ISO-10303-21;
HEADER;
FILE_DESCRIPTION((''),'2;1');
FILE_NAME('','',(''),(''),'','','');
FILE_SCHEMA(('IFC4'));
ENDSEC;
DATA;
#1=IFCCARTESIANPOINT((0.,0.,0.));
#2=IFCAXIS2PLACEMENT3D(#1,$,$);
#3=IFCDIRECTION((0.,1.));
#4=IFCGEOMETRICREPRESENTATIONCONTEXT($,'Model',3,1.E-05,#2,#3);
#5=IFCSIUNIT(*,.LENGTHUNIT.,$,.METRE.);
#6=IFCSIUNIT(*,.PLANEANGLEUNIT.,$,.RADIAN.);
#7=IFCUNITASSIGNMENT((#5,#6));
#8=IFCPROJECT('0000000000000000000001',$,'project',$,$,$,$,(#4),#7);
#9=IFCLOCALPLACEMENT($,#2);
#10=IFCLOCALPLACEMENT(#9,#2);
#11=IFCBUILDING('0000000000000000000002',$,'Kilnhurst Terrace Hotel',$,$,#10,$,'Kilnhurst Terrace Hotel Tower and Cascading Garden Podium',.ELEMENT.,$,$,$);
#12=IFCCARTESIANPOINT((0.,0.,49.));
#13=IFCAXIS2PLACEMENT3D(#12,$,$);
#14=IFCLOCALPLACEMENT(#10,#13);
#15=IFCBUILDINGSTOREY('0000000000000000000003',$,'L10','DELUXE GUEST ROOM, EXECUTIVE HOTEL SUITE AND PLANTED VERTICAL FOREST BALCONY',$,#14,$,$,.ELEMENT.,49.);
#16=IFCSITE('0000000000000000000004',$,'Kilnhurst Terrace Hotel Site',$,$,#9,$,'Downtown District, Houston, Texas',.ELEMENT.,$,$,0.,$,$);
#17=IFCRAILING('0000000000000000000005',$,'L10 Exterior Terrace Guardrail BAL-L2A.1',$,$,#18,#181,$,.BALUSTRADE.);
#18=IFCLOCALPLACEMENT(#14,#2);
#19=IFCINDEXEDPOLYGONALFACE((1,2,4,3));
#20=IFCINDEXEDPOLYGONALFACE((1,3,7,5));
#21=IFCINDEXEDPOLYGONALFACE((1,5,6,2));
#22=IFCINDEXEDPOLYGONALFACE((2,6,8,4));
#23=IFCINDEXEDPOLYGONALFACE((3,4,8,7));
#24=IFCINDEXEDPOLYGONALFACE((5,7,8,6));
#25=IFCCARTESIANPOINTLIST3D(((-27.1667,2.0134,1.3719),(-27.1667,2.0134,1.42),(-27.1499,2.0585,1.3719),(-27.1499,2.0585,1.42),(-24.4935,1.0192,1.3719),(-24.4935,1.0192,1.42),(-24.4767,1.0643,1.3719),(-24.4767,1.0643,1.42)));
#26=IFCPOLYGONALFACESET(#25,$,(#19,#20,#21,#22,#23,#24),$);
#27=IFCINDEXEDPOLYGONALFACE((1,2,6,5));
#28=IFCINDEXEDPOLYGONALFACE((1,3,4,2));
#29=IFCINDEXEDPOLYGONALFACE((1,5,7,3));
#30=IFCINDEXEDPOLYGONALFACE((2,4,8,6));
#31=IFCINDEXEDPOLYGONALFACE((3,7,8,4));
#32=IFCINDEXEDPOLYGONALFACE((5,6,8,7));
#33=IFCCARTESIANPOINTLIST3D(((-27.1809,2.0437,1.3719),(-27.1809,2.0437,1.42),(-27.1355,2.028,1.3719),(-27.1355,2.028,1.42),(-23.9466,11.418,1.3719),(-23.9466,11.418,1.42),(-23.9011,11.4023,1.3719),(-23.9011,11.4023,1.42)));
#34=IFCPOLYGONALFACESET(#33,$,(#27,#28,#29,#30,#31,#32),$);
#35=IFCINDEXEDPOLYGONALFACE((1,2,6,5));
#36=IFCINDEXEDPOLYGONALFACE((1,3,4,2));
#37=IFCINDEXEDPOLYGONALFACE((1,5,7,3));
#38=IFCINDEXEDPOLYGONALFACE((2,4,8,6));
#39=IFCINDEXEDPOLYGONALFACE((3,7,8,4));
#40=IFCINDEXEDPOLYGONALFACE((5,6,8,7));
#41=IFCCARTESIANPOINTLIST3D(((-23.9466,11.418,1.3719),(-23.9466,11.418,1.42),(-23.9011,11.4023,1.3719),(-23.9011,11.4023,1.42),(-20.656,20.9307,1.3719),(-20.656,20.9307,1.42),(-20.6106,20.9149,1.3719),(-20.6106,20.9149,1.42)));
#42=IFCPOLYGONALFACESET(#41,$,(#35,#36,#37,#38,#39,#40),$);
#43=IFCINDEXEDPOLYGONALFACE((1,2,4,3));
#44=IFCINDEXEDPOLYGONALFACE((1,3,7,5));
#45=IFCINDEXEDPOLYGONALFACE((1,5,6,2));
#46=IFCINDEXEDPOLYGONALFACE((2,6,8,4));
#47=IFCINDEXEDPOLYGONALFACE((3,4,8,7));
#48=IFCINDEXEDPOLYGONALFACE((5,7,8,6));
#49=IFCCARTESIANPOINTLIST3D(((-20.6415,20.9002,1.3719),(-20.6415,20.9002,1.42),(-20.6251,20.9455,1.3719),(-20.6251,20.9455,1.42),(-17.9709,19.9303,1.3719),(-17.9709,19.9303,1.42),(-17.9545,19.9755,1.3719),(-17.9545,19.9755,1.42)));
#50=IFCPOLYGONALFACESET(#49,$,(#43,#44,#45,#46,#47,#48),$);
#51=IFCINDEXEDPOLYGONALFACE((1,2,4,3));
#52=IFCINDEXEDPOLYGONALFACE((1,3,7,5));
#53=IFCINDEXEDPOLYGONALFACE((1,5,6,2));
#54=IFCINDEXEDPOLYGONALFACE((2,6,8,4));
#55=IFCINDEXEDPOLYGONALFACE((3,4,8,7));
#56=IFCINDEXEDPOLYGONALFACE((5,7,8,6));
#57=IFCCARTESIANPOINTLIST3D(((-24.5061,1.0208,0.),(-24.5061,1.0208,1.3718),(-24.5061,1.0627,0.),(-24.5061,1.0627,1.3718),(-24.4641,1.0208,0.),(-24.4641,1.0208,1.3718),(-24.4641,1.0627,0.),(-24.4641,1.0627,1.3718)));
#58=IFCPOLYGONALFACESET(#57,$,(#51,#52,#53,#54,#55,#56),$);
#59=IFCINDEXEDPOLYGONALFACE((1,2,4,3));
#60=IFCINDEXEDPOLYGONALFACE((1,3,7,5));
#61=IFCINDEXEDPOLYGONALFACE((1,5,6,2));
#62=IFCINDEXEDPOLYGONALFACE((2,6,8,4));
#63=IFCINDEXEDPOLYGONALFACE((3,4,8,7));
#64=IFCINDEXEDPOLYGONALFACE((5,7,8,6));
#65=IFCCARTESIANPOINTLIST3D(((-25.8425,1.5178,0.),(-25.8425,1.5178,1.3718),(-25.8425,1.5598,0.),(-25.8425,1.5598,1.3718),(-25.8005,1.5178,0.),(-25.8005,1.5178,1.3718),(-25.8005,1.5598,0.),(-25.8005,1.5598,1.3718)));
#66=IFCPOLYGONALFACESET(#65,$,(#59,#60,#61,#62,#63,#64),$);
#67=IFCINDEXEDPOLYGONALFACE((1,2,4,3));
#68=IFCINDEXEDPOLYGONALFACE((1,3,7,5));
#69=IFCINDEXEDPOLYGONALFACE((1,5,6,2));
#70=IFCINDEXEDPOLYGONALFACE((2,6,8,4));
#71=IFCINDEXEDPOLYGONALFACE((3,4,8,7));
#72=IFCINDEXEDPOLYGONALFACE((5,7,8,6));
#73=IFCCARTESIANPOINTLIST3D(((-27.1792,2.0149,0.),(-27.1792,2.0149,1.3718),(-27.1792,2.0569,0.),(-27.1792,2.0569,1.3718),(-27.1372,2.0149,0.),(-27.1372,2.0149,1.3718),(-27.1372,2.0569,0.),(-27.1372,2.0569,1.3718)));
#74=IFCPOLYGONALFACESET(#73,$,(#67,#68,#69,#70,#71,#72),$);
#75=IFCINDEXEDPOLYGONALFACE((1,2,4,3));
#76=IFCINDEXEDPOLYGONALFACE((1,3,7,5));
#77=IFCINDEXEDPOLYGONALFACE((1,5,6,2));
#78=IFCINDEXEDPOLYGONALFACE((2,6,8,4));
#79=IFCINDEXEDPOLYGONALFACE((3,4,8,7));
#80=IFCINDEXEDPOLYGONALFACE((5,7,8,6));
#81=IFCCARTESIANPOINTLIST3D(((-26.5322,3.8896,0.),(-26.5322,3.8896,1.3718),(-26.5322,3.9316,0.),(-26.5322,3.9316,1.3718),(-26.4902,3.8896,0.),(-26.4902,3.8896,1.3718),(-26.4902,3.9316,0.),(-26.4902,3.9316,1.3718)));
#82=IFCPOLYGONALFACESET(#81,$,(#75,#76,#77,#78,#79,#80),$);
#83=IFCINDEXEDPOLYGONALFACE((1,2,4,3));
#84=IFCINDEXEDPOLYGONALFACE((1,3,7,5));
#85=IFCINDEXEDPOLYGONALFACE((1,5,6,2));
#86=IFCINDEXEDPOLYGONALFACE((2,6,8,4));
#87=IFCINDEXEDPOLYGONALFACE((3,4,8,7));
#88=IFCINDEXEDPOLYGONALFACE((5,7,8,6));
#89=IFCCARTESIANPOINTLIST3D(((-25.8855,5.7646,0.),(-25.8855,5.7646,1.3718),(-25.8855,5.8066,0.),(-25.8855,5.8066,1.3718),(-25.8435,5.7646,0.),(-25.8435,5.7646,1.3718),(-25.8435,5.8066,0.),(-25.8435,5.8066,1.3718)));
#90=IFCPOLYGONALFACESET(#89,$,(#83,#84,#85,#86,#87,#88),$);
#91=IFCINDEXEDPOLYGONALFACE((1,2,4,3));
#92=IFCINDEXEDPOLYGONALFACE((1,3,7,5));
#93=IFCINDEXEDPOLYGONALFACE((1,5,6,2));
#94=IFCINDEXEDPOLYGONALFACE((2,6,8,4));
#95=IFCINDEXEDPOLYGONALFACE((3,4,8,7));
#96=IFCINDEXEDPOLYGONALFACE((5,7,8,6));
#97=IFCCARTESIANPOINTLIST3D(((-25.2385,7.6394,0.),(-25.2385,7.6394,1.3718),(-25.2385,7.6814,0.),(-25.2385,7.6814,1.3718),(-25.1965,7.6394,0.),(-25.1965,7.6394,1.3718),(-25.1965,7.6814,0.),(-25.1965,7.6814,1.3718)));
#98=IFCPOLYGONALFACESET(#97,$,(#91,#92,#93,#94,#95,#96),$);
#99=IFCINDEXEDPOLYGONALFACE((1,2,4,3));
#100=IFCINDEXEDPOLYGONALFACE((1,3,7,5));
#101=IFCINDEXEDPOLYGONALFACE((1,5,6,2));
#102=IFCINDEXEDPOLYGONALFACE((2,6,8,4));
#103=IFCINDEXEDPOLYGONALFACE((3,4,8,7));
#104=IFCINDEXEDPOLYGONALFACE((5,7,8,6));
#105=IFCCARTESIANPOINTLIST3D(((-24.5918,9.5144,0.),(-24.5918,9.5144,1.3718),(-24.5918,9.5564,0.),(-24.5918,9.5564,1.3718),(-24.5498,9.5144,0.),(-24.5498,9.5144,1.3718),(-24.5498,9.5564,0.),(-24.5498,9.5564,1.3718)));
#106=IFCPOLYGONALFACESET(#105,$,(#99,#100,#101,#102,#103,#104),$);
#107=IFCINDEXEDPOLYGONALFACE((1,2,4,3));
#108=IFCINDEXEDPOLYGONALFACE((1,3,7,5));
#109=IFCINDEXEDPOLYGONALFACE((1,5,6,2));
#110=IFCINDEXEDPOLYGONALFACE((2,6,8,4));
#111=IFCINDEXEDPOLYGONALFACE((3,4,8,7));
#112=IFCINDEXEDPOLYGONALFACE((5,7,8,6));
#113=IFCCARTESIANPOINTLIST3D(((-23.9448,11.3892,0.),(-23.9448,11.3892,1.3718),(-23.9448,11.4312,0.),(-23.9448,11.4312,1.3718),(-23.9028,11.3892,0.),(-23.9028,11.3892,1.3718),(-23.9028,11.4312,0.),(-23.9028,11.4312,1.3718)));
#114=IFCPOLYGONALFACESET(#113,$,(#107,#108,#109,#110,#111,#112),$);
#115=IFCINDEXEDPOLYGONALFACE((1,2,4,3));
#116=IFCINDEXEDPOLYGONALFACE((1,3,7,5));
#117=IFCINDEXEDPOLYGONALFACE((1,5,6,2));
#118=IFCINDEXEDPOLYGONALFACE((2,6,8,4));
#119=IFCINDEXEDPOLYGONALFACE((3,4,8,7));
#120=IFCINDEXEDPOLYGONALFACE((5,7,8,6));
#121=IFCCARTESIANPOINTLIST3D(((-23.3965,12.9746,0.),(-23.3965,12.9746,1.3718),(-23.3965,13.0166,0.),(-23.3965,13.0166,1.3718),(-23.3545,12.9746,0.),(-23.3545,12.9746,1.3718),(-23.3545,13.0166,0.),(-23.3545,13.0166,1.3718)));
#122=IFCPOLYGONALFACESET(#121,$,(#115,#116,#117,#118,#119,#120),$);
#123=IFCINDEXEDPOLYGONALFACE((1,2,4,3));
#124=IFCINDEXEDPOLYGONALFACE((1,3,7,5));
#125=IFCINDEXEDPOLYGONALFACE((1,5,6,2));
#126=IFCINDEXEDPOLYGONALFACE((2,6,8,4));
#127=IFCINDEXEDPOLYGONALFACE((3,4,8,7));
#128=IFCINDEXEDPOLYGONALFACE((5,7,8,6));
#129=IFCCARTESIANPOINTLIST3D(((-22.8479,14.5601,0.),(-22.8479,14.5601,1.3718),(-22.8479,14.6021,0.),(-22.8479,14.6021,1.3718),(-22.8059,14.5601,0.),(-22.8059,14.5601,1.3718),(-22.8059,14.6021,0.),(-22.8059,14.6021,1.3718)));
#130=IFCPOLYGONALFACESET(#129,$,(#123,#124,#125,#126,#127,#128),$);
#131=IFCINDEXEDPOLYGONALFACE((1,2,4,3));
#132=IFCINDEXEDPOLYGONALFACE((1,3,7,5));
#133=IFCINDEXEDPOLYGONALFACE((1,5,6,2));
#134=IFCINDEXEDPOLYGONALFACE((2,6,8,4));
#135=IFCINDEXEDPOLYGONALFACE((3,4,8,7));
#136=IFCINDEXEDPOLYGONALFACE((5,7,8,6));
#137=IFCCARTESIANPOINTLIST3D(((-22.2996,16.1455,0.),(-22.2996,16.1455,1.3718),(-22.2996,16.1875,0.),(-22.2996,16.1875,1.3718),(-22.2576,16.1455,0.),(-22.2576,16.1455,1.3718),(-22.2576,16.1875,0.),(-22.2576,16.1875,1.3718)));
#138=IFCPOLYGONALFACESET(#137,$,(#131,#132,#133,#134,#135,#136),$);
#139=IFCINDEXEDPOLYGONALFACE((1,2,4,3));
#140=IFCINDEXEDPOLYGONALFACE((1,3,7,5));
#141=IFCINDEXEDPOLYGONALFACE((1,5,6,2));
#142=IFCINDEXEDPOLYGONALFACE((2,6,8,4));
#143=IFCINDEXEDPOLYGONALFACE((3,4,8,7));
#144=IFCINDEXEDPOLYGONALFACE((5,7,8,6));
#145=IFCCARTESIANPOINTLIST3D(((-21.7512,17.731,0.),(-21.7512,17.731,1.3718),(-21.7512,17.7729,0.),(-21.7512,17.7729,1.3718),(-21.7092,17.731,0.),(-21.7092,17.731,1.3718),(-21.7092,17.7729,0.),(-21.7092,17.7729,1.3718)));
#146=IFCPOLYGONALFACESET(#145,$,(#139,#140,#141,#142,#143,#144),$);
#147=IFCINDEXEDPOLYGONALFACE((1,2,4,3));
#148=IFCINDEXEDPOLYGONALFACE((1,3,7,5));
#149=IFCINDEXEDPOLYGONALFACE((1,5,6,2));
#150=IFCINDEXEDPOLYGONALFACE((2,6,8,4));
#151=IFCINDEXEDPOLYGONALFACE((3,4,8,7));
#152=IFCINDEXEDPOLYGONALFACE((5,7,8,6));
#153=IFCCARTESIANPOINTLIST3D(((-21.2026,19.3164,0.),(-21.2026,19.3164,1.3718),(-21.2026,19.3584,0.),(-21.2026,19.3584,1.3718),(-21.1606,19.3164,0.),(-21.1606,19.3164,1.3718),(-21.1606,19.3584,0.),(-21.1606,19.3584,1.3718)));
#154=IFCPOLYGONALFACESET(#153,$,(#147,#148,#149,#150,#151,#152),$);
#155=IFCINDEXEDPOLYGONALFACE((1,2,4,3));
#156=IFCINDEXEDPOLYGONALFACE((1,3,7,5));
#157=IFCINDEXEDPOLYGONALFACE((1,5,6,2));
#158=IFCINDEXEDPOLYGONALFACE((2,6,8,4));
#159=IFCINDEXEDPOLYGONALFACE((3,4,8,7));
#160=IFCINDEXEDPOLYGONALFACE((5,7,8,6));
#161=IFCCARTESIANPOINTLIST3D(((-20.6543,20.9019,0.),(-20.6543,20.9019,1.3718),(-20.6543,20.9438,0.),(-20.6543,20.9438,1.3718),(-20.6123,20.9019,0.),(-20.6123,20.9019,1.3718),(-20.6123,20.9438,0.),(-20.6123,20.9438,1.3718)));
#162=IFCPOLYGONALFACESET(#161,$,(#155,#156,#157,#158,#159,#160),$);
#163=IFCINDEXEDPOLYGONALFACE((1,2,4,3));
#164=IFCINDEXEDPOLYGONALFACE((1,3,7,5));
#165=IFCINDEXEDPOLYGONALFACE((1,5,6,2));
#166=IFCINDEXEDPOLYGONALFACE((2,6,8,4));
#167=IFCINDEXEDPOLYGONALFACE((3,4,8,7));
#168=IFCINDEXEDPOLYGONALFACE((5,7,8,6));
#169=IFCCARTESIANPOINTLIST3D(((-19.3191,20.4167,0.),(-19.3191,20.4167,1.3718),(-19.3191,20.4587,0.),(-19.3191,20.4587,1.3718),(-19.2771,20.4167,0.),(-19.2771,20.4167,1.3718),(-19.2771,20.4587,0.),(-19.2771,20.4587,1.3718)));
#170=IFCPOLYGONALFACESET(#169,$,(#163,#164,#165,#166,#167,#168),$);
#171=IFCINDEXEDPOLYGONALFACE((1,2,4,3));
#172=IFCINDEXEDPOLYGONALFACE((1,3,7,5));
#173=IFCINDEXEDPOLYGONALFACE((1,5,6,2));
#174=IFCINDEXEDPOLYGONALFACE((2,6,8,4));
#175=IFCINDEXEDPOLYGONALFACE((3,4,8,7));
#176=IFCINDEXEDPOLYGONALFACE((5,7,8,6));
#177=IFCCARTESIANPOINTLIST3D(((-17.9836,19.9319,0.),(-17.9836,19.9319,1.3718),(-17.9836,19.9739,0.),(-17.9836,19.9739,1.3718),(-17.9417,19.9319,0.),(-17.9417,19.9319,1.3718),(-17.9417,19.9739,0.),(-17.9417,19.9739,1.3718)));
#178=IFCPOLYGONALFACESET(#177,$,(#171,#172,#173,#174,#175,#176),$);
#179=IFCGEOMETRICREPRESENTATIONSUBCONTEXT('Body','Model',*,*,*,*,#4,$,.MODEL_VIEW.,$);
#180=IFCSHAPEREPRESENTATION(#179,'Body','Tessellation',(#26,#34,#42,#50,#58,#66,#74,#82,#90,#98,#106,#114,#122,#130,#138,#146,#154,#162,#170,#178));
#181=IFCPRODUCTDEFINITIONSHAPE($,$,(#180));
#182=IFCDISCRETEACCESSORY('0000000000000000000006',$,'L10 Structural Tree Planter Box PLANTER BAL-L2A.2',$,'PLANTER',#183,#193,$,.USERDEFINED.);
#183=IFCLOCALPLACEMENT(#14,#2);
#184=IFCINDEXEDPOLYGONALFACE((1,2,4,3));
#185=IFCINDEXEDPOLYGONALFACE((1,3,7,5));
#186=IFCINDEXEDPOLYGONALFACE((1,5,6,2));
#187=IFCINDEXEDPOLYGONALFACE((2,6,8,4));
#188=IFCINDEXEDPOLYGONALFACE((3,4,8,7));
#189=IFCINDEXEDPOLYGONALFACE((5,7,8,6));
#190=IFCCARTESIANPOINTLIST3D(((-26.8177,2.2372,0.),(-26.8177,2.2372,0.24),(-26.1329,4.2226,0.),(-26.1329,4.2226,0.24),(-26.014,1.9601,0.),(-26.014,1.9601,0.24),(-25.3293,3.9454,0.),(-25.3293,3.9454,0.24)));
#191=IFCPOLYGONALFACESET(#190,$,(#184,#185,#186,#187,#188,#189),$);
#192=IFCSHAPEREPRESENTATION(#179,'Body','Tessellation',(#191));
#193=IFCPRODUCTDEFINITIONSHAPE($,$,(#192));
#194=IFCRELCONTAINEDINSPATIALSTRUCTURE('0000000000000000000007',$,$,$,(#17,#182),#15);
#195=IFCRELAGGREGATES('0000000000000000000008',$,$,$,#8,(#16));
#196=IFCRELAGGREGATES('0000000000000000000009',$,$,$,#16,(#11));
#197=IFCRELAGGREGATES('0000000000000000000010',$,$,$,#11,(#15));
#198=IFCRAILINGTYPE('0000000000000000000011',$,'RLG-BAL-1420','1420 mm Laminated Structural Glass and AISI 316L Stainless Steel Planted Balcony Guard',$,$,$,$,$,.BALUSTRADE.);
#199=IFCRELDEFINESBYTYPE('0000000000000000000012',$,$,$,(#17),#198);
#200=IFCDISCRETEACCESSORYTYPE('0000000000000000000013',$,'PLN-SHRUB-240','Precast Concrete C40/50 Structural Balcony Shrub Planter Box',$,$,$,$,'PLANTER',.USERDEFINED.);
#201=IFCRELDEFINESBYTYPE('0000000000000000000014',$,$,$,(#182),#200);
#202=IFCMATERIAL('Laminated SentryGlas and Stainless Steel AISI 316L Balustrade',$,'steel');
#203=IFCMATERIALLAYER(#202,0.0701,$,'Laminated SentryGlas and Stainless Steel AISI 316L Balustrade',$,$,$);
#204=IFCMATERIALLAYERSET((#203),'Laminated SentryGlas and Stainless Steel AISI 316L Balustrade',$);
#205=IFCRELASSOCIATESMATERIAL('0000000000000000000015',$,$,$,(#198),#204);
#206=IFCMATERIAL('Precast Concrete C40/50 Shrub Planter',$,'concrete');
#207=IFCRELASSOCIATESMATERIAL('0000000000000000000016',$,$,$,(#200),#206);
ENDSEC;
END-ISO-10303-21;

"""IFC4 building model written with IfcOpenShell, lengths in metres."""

from ifc_helpers import new_model, si_unit, direction, frame, origin, origin_2d, place, context, subcontext, project, spatial, rectangle, extrude, material, layer, layer_set, type_object, element, save


model = new_model("IFC4")

# Units and contexts
model_context = context("Model", 3, precision=1e-05, world=origin(), true_north=direction((0.0, 1.0)))
body_context = subcontext(model_context, "Body", "Model", "MODEL_VIEW")
ifc_project = project(units=[si_unit("LENGTHUNIT", "METRE"), si_unit("PLANEANGLEUNIT", "RADIAN")], contexts=[model_context])

# Site, building, storey
site_placement = place(None, origin())
site = spatial("IfcSite", under=ifc_project, at=site_placement, Name="Kilnhurst Terrace Hotel Site", LongName="Downtown District, Houston, Texas", CompositionType="ELEMENT", RefElevation=0.0)
building_placement = place(site_placement, origin())
building = spatial("IfcBuilding", under=site, at=building_placement, Name="Kilnhurst Terrace Hotel", LongName="Kilnhurst Terrace Hotel Tower and Cascading Garden Podium", CompositionType="ELEMENT")
storey_placement = place(building_placement, frame((0.0, 0.0, 49.0)))
storey = spatial("IfcBuildingStorey", under=building, at=storey_placement, Name="L10", Description="DELUXE GUEST ROOM, EXECUTIVE HOTEL SUITE AND PLANTED VERTICAL FOREST BALCONY", CompositionType="ELEMENT", Elevation=49.0)

# Railing
ifc_material_1 = material(Name="Laminated SentryGlas and Stainless Steel AISI 316L Balustrade", Category="steel")
ifc_layer_1 = layer(ifc_material_1, 0.0701, Name="Laminated SentryGlas and Stainless Steel AISI 316L Balustrade")
ifc_layer_set_1 = layer_set([ifc_layer_1], Name="Laminated SentryGlas and Stainless Steel AISI 316L Balustrade")
railing_type = type_object("IfcRailingType", Name="RLG-BAL-1420", Description="1420 mm Laminated Structural Glass and AISI 316L Stainless Steel Planted Balcony Guard", PredefinedType="BALUSTRADE", material=ifc_layer_set_1)
railing_placement = place(storey_placement, frame((-24.4851, 1.0417, 0.0)))
element("IfcRailing", 1, at=railing_placement, inside=storey, type_object=railing_type, Name="L10 Exterior Terrace Guardrail BAL-L2A.1", PredefinedType="BALUSTRADE", context=body_context, shape_type="SweptSolid", body=[
    extrude(rectangle(XDim=0.0481, YDim=0.0481, at=origin_2d()), frame((0.0, 0.0, 1.396), z_axis=(-0.937279, 0.34858, 0.0), x_axis=(-0.34858, -0.937279, 0.0)), (0.0, 0.0, 1.0), 2.8521),
    extrude(rectangle(XDim=0.0481, YDim=0.0481, at=origin_2d()), frame((-2.6731, 0.9941, 1.396), z_axis=(0.326159, 0.945315, 0.0), x_axis=(-0.945315, 0.326159, 0.0)), (0.0, 0.0, 1.0), 9.9165),
    extrude(rectangle(XDim=0.0481, YDim=0.0481, at=origin_2d()), frame((0.5613, 10.3684, 1.396), z_axis=(0.326904, 0.945058, 0.0), x_axis=(-0.945058, 0.326904, 0.0)), (0.0, 0.0, 1.0), 10.0657),
    extrude(rectangle(XDim=0.0481, YDim=0.0481, at=origin_2d()), frame((3.8518, 19.8811, 1.396), z_axis=(0.939926, -0.341377, 0.0), x_axis=(0.341377, 0.939926, 0.0)), (0.0, 0.0, 1.0), 2.8413),
    extrude(rectangle(XDim=0.042, YDim=0.042, at=origin_2d()), origin(), (0.0, 0.0, 1.0), 1.3718),
    extrude(rectangle(XDim=0.042, YDim=0.042, at=origin_2d()), frame((-1.3364, 0.4971, 0.0)), (0.0, 0.0, 1.0), 1.3718),
    extrude(rectangle(XDim=0.042, YDim=0.042, at=origin_2d()), frame((-2.6731, 0.9941, 0.0)), (0.0, 0.0, 1.0), 1.3718),
    extrude(rectangle(XDim=0.042, YDim=0.042, at=origin_2d()), frame((-2.0261, 2.8689, 0.0)), (0.0, 0.0, 1.0), 1.3718),
    extrude(rectangle(XDim=0.042, YDim=0.042, at=origin_2d()), frame((-1.3794, 4.7439, 0.0)), (0.0, 0.0, 1.0), 1.3718),
    extrude(rectangle(XDim=0.042, YDim=0.042, at=origin_2d()), frame((-0.7324, 6.6187, 0.0)), (0.0, 0.0, 1.0), 1.3718),
    extrude(rectangle(XDim=0.042, YDim=0.042, at=origin_2d()), frame((-0.0857, 8.4937, 0.0)), (0.0, 0.0, 1.0), 1.3718),
    extrude(rectangle(XDim=0.042, YDim=0.042, at=origin_2d()), frame((0.5613, 10.3684, 0.0)), (0.0, 0.0, 1.0), 1.3718),
    extrude(rectangle(XDim=0.042, YDim=0.042, at=origin_2d()), frame((1.1096, 11.9539, 0.0)), (0.0, 0.0, 1.0), 1.3718),
    extrude(rectangle(XDim=0.042, YDim=0.042, at=origin_2d()), frame((1.6582, 13.5393, 0.0)), (0.0, 0.0, 1.0), 1.3718),
    extrude(rectangle(XDim=0.042, YDim=0.042, at=origin_2d()), frame((2.2065, 15.1248, 0.0)), (0.0, 0.0, 1.0), 1.3718),
    extrude(rectangle(XDim=0.042, YDim=0.042, at=origin_2d()), frame((2.7549, 16.7102, 0.0)), (0.0, 0.0, 1.0), 1.3718),
    extrude(rectangle(XDim=0.042, YDim=0.042, at=origin_2d()), frame((3.3035, 18.2957, 0.0)), (0.0, 0.0, 1.0), 1.3718),
    extrude(rectangle(XDim=0.042, YDim=0.042, at=origin_2d()), frame((3.8518, 19.8811, 0.0)), (0.0, 0.0, 1.0), 1.3718),
    extrude(rectangle(XDim=0.042, YDim=0.042, at=origin_2d()), frame((5.187, 19.396, 0.0)), (0.0, 0.0, 1.0), 1.3718),
    extrude(rectangle(XDim=0.042, YDim=0.042, at=origin_2d()), frame((6.5225, 18.9111, 0.0)), (0.0, 0.0, 1.0), 1.3718),
])

# Discrete accessory
ifc_material_2 = material(Name="Precast Concrete C40/50 Shrub Planter", Category="concrete")
discrete_accessory_type = type_object("IfcDiscreteAccessoryType", Name="PLN-SHRUB-240", Description="Precast Concrete C40/50 Structural Balcony Shrub Planter Box", ElementType="PLANTER", PredefinedType="USERDEFINED", material=ifc_material_2)
discrete_accessory_placement = place(storey_placement, frame((-26.0735, 3.0913, 0.0), z_axis=(0.0, 0.0, 1.0), x_axis=(-0.326063, -0.945348, 0.0)))
element("IfcDiscreteAccessory", 2, at=discrete_accessory_placement, inside=storey, type_object=discrete_accessory_type, Name="L10 Structural Tree Planter Box PLANTER BAL-L2A.2", ObjectType="PLANTER", PredefinedType="USERDEFINED", context=body_context, shape_type="SweptSolid", body=[
    extrude(rectangle(XDim=2.1001, YDim=0.8501, at=origin_2d()), origin(), (0.0, 0.0, 1.0), 0.24),
])

save(model, "model.ifc")
